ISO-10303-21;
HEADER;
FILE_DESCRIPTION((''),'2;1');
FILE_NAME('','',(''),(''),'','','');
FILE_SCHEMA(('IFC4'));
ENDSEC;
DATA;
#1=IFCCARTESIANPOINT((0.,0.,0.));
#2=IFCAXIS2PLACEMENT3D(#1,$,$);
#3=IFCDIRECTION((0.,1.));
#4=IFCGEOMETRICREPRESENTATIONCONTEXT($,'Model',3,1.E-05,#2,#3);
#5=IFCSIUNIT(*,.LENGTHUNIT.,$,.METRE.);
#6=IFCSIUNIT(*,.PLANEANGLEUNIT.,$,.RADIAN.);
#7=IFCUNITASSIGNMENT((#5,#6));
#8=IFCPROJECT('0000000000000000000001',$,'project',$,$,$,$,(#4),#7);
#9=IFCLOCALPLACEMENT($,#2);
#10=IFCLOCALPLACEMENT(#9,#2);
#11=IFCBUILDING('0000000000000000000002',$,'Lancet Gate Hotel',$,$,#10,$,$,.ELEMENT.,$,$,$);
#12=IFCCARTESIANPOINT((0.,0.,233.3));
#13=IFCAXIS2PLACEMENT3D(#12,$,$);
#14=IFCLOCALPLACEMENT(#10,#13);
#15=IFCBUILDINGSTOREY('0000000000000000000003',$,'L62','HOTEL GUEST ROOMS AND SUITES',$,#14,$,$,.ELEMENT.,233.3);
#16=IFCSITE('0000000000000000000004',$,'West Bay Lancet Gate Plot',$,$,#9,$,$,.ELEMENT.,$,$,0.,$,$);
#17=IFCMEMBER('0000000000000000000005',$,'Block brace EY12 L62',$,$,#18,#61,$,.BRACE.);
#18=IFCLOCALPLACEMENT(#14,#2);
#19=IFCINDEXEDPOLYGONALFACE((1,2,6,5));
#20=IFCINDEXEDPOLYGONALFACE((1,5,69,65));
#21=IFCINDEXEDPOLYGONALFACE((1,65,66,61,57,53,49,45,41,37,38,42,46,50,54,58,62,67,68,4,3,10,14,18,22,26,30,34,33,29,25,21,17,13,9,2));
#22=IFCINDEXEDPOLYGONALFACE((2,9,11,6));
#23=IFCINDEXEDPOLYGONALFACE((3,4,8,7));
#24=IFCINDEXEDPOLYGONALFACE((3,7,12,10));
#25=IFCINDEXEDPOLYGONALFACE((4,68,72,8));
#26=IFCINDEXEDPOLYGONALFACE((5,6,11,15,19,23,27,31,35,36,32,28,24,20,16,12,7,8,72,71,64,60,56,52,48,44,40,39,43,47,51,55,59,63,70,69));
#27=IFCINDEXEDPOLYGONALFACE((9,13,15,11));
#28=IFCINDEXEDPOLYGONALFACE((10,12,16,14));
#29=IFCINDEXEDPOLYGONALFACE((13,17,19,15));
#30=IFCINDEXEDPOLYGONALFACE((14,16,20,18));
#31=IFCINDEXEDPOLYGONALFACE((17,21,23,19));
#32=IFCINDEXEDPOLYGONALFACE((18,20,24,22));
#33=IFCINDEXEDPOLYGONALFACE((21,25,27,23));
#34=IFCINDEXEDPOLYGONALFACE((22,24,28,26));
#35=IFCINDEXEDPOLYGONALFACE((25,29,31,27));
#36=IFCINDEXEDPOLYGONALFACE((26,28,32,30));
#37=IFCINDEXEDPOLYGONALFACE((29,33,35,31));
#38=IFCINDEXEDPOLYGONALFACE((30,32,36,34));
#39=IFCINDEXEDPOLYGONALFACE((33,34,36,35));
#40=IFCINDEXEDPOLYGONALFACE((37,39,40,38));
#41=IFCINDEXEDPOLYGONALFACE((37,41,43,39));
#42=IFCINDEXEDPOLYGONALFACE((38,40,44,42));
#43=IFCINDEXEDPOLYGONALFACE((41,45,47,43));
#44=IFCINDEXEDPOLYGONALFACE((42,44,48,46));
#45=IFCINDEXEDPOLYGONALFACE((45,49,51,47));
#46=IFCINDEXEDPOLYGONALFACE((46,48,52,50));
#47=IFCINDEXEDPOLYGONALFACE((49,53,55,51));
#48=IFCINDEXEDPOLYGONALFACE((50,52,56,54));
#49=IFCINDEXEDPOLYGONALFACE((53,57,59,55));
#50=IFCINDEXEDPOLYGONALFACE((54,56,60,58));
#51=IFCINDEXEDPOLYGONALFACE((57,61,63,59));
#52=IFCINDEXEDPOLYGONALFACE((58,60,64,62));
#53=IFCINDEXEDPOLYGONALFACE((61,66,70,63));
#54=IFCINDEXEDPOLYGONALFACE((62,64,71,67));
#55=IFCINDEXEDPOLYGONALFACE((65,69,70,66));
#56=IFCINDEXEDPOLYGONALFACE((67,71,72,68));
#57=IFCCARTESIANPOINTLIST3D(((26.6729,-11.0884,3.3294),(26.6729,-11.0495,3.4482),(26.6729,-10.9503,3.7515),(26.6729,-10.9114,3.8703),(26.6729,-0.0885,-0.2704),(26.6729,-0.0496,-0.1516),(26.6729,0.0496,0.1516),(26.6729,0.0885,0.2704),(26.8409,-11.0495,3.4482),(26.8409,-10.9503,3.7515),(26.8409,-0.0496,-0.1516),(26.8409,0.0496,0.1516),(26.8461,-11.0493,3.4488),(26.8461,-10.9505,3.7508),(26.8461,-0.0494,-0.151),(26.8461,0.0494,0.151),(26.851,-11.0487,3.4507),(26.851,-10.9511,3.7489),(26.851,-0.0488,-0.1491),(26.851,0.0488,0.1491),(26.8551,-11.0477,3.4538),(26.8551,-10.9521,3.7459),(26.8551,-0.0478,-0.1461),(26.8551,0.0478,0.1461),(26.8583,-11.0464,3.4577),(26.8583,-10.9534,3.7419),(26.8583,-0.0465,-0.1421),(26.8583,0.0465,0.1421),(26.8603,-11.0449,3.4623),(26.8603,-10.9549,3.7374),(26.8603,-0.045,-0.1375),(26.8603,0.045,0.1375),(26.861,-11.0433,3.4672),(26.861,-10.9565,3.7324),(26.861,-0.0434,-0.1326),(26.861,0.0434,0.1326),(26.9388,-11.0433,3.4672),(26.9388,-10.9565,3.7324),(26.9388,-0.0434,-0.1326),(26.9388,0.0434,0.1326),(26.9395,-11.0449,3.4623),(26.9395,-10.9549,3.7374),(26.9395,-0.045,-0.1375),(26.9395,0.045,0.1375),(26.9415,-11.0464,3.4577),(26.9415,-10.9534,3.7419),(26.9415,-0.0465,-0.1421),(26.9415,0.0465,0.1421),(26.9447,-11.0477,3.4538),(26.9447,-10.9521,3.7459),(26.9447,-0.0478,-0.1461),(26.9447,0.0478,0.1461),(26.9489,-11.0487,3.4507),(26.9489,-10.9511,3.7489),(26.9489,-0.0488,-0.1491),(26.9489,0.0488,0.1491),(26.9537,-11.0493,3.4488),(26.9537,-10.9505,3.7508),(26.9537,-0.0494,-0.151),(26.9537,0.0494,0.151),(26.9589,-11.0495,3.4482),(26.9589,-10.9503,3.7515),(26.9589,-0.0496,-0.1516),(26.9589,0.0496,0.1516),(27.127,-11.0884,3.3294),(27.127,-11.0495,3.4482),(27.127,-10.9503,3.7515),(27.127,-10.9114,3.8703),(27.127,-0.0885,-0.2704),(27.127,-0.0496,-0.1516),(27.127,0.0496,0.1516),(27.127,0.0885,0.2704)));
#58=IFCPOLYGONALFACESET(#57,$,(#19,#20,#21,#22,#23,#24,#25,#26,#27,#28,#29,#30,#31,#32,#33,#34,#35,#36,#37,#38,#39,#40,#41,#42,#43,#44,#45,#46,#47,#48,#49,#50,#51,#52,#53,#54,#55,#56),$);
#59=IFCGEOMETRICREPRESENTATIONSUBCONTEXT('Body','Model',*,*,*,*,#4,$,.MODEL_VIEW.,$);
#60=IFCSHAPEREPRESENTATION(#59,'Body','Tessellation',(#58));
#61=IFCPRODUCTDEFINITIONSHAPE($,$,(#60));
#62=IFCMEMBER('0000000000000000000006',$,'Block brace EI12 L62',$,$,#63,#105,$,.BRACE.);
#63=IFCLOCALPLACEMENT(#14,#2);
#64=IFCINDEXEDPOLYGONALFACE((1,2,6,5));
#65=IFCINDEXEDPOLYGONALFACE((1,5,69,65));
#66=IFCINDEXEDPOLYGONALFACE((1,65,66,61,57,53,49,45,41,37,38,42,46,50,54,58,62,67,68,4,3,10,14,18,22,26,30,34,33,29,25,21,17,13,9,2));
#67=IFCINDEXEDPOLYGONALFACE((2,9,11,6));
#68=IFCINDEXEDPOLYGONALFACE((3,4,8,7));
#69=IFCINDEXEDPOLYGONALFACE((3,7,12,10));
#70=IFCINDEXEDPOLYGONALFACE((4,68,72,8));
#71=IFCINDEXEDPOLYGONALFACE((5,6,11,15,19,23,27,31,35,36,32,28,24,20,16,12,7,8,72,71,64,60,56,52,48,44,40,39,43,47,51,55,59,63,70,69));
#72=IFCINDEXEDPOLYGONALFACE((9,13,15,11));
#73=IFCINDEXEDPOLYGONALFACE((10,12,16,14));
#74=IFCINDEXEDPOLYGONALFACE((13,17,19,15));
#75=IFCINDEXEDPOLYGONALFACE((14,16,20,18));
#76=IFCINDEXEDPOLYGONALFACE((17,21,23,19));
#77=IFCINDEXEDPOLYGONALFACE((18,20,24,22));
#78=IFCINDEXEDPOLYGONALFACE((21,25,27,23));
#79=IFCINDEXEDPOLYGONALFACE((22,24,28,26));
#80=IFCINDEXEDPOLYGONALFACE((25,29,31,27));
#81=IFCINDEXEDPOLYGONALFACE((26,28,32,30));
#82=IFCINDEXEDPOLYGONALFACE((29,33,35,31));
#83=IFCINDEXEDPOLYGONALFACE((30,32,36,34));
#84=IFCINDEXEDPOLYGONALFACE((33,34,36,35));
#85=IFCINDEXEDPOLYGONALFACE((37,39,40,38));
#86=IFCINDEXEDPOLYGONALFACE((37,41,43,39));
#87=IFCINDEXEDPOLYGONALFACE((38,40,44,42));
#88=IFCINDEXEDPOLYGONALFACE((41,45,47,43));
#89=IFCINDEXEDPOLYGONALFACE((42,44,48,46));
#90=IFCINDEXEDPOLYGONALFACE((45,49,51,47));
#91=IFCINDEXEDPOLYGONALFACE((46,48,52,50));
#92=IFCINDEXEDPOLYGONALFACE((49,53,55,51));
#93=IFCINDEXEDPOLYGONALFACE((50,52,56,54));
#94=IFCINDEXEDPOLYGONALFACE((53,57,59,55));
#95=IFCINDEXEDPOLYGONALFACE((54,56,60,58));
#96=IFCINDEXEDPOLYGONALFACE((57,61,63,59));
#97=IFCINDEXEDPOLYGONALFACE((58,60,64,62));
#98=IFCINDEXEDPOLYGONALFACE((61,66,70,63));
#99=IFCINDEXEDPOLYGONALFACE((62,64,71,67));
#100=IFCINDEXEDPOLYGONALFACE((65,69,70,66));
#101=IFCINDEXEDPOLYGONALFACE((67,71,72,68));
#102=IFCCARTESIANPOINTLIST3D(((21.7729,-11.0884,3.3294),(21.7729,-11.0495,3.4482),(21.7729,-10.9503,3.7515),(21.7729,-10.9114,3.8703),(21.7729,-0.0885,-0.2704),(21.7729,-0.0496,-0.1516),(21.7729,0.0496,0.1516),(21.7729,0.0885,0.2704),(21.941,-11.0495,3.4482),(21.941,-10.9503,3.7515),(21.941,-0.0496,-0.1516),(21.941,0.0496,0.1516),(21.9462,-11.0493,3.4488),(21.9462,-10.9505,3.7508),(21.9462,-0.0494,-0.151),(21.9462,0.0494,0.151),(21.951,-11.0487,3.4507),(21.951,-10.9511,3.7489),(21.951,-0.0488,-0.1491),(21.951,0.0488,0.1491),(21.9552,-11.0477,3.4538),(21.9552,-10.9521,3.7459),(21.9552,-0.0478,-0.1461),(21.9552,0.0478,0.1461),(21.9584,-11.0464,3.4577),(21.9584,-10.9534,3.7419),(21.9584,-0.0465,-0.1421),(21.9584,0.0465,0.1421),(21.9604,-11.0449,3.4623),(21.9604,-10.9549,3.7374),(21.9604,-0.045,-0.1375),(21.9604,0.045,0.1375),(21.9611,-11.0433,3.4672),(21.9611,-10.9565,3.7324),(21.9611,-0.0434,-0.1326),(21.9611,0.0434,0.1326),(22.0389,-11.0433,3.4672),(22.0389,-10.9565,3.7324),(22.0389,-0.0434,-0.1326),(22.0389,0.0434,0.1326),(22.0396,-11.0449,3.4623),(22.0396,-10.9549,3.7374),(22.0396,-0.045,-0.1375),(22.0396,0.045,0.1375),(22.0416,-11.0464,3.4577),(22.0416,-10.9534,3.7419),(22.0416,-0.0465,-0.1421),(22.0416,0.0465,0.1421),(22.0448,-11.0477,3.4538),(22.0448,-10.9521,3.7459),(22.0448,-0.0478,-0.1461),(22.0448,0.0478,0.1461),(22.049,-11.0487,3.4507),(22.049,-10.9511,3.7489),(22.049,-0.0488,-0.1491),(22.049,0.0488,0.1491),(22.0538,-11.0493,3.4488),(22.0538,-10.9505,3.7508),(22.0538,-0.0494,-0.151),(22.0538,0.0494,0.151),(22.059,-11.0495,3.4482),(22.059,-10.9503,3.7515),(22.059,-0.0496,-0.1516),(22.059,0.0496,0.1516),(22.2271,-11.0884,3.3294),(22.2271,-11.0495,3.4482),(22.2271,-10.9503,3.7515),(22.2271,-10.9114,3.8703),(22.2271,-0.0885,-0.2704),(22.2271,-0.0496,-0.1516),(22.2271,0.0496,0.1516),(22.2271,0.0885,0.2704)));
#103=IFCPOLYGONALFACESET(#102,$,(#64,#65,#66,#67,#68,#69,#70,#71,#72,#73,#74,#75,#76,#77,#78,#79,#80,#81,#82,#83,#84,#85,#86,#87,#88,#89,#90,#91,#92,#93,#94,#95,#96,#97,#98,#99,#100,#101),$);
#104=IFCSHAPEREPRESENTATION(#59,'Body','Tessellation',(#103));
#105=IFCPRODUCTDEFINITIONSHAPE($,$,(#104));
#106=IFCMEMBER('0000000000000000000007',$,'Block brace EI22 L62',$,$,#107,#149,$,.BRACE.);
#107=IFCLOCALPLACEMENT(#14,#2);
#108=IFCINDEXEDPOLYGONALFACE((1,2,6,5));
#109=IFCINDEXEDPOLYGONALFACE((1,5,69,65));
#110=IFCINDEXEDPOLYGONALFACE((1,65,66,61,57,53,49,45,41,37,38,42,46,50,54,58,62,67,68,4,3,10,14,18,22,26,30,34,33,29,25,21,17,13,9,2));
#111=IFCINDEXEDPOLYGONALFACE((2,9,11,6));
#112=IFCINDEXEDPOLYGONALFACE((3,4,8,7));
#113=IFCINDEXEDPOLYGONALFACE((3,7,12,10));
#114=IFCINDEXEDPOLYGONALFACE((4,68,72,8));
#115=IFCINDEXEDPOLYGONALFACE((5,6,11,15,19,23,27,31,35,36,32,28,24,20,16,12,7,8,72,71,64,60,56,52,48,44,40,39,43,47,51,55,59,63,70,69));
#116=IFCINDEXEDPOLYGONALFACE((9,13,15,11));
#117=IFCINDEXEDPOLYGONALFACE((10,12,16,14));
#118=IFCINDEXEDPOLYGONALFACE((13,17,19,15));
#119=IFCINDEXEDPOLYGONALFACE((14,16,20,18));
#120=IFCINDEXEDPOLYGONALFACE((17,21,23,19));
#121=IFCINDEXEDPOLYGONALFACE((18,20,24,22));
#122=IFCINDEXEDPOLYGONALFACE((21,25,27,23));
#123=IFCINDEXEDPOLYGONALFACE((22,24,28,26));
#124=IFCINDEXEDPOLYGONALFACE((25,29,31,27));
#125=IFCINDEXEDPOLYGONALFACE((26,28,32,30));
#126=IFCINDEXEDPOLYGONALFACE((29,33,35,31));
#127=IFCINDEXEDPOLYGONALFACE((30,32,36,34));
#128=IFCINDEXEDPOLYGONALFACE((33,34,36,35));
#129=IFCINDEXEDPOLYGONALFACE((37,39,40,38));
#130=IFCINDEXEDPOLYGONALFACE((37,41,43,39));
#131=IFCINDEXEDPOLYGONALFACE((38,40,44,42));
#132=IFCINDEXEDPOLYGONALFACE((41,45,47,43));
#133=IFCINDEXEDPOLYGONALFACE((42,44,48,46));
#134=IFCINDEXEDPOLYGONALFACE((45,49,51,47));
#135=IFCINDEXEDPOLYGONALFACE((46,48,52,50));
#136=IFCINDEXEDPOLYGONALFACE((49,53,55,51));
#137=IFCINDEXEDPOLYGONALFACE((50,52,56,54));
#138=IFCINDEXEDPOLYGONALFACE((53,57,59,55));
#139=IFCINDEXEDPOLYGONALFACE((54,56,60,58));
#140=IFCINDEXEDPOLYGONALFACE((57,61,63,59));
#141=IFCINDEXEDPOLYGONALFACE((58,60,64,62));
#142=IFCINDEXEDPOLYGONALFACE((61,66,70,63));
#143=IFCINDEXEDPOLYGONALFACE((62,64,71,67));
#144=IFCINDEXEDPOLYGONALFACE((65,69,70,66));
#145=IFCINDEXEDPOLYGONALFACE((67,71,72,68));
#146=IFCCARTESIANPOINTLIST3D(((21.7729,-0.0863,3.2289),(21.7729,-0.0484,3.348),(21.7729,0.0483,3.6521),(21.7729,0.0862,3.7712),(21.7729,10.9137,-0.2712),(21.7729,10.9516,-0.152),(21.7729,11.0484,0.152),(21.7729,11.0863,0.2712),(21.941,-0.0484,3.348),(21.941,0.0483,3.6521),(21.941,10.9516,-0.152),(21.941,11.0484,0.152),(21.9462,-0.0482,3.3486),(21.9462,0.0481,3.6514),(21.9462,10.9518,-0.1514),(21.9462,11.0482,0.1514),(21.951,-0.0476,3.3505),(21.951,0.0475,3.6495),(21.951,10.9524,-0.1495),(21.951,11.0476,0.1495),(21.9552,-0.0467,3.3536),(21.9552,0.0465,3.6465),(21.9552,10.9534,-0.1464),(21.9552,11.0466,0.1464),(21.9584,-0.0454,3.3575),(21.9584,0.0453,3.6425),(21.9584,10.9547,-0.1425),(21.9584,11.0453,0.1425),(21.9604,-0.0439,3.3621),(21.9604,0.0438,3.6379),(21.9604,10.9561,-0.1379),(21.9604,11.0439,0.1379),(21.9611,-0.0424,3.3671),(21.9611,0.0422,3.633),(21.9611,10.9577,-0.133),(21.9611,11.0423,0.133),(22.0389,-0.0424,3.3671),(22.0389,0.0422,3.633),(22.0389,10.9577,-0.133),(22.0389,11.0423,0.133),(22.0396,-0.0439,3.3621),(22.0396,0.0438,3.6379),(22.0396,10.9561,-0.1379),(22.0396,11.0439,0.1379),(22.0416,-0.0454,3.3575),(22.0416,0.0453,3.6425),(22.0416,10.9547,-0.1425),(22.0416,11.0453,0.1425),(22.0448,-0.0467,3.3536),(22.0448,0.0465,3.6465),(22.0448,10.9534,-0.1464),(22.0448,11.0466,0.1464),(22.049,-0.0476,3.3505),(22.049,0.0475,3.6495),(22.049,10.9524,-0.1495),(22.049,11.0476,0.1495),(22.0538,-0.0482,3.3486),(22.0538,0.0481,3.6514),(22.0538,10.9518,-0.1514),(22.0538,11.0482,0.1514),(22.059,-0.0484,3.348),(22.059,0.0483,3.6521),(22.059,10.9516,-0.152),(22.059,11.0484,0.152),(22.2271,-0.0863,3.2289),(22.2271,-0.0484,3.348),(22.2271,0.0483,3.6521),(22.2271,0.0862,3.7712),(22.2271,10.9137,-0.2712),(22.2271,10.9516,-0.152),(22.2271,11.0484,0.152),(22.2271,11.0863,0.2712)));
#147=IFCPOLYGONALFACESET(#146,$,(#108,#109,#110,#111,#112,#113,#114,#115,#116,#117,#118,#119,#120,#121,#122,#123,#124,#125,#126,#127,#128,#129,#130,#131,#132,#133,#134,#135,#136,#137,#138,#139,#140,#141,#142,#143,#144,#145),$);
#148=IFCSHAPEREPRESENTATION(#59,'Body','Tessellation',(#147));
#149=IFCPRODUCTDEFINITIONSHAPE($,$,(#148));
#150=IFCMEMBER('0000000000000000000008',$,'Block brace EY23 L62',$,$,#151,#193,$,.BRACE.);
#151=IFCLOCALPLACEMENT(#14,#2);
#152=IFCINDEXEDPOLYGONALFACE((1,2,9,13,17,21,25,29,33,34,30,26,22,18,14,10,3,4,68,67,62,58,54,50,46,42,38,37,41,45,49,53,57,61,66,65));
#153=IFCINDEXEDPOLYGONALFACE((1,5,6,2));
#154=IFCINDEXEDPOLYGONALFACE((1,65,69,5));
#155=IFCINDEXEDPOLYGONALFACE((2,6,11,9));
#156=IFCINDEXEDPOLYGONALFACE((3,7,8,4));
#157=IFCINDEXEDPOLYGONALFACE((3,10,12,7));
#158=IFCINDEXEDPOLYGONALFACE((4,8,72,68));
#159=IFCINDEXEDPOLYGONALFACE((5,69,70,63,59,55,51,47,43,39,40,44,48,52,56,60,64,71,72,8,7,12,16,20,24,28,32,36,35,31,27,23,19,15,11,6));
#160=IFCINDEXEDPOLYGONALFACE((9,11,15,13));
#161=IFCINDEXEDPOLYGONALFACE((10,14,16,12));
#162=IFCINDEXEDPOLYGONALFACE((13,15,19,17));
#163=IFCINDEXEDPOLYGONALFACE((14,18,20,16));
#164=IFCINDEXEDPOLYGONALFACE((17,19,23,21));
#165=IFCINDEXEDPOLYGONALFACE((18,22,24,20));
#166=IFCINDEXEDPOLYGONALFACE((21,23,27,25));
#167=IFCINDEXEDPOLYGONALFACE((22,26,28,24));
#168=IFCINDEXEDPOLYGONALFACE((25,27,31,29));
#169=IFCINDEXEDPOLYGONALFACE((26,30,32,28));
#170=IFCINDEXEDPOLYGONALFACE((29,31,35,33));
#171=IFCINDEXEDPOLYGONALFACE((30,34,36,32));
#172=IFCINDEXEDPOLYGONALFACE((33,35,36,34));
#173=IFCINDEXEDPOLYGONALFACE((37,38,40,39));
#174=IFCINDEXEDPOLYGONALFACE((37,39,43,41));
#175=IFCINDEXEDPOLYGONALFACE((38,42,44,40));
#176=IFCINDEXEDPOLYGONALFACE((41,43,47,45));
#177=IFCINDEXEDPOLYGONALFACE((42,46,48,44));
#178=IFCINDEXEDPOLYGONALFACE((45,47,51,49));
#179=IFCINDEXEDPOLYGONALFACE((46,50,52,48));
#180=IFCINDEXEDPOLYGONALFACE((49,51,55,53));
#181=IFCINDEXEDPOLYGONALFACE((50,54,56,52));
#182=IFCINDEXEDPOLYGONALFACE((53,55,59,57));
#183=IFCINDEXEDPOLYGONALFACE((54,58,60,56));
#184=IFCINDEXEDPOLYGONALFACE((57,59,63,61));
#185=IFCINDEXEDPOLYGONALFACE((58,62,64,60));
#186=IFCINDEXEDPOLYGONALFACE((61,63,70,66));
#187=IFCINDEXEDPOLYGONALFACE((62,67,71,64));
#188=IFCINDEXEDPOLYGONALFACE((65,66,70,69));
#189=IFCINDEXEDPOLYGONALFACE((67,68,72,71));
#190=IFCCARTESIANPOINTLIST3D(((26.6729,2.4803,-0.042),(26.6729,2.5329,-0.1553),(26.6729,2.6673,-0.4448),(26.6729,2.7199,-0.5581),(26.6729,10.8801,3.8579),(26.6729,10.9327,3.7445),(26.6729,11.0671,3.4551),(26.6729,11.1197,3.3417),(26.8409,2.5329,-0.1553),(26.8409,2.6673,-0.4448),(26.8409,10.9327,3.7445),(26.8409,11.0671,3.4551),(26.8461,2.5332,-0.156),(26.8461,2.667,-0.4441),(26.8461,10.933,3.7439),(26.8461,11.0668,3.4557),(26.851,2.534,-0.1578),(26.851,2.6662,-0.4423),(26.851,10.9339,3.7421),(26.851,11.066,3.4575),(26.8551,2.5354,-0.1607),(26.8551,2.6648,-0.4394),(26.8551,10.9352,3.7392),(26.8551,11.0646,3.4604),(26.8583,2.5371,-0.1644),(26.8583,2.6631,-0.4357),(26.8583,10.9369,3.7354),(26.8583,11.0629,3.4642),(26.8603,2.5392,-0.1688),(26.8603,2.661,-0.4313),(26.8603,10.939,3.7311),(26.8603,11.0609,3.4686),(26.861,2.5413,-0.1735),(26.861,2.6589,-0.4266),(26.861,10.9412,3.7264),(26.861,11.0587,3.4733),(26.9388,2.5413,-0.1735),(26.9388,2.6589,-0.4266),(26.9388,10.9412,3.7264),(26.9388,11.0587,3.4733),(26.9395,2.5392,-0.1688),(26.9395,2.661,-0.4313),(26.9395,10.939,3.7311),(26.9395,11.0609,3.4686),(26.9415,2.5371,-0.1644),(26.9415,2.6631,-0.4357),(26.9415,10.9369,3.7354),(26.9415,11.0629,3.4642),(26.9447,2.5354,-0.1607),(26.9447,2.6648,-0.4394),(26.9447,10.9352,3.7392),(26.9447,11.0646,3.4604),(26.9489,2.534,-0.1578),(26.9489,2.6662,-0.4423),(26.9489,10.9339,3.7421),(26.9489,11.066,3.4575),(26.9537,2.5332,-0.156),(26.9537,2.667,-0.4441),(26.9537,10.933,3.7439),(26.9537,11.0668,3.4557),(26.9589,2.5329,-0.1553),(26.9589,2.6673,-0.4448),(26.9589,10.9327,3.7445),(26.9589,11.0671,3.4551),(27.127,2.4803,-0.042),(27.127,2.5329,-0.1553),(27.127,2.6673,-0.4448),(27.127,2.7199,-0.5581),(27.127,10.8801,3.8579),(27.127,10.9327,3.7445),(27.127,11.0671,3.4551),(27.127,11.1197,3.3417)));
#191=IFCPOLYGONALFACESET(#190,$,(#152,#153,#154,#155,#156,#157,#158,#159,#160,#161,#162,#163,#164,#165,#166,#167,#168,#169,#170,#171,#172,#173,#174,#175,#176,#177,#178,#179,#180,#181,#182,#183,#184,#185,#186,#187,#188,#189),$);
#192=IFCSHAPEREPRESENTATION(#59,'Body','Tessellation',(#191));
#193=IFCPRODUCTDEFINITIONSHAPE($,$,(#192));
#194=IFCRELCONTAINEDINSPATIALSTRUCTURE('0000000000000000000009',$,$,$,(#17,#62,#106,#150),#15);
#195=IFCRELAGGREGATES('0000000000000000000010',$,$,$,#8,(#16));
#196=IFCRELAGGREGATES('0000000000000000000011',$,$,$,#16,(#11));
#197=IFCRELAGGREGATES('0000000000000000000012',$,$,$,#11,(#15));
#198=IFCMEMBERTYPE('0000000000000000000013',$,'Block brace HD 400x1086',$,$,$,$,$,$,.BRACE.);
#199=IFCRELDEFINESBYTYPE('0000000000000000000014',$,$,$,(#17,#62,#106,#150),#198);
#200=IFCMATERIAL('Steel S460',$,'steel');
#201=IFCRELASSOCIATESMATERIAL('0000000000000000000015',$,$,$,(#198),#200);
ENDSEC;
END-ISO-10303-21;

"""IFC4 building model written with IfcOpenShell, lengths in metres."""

from ifc_helpers import new_model, si_unit, direction, frame, origin, origin_2d, place, context, subcontext, project, spatial, i_section, extrude, material, material_profile, profile_set, type_object, element, save


model = new_model("IFC4")

# Units and contexts
model_context = context("Model", 3, precision=1e-05, world=origin(), true_north=direction((0.0, 1.0)))
body_context = subcontext(model_context, "Body", "Model", "MODEL_VIEW")
ifc_project = project(units=[si_unit("LENGTHUNIT", "METRE"), si_unit("PLANEANGLEUNIT", "RADIAN")], contexts=[model_context])

# Site, building, storey
site_placement = place(None, origin())
site = spatial("IfcSite", under=ifc_project, at=site_placement, Name="West Bay Lancet Gate Plot", CompositionType="ELEMENT", RefElevation=0.0)
building_placement = place(site_placement, origin())
building = spatial("IfcBuilding", under=site, at=building_placement, Name="Lancet Gate Hotel", CompositionType="ELEMENT")
storey_placement = place(building_placement, frame((0.0, 0.0, 233.3)))
storey = spatial("IfcBuildingStorey", under=building, at=storey_placement, Name="L62", Description="HOTEL GUEST ROOMS AND SUITES", CompositionType="ELEMENT", Elevation=233.3)

# Members
ifc_material_1 = material(Name="Steel S460", Category="steel")
ifc_material_profile_1 = material_profile(ifc_material_1, i_section(OverallWidth=0.4541, OverallDepth=0.5691, WebThickness=0.0779, FlangeThickness=0.125, FilletRadius=0.02, at=origin_2d()), Name="HD 400x1086")
ifc_profile_set_1 = profile_set([ifc_material_profile_1], Name="Steel S460")
member_type_1 = type_object("IfcMemberType", Name="Block brace HD 400x1086", PredefinedType="BRACE", material=ifc_profile_set_1)
for number, where, z_axis, x_axis, name in (
    (1, (26.8999, 0.0, 0.0), (0.0, -0.950401, 0.311028), (1.0, 0.0, 0.0), "Block brace EY12 L62"),
    (2, (22.0, 0.0, 0.0), (0.0, -0.950401, 0.311028), (1.0, 0.0, 0.0), "Block brace EI12 L62"),
):
    element("IfcMember", number, at=place(storey_placement, frame(where, z_axis=z_axis, x_axis=x_axis)), inside=storey, type_object=member_type_1, Name=name, PredefinedType="BRACE", context=body_context, shape_type="SweptSolid", body=[
        extrude(i_section(OverallWidth=0.4541, OverallDepth=0.5691, WebThickness=0.0779, FlangeThickness=0.125, FilletRadius=0.02, at=origin_2d()), origin(), (0.0, 0.0, 1.0), 11.574),
    ])
member_1_placement = place(storey_placement, frame((22.0, 11.0, 0.0), z_axis=(0.0, -0.952926, 0.303204), x_axis=(1.0, 0.0, 0.0)))
element("IfcMember", 3, at=member_1_placement, inside=storey, type_object=member_type_1, Name="Block brace EI22 L62", PredefinedType="BRACE", context=body_context, shape_type="SweptSolid", body=[
    extrude(i_section(OverallWidth=0.4541, OverallDepth=0.5691, WebThickness=0.0779, FlangeThickness=0.125, FilletRadius=0.02, at=origin_2d()), origin(), (0.0, 0.0, 1.0), 11.5435),
])
member_2_placement = place(storey_placement, frame((26.8999, 2.6001, -0.3), z_axis=(0.0, 0.907011, 0.421107), x_axis=(-1.0, 0.0, 0.0)))
element("IfcMember", 4, at=member_2_placement, inside=storey, type_object=member_type_1, Name="Block brace EY23 L62", PredefinedType="BRACE", context=body_context, shape_type="SweptSolid", body=[
    extrude(i_section(OverallWidth=0.4541, OverallDepth=0.5691, WebThickness=0.0779, FlangeThickness=0.125, FilletRadius=0.02, at=origin_2d()), origin(), (0.0, 0.0, 1.0), 9.261),
])

save(model, "model.ifc")
